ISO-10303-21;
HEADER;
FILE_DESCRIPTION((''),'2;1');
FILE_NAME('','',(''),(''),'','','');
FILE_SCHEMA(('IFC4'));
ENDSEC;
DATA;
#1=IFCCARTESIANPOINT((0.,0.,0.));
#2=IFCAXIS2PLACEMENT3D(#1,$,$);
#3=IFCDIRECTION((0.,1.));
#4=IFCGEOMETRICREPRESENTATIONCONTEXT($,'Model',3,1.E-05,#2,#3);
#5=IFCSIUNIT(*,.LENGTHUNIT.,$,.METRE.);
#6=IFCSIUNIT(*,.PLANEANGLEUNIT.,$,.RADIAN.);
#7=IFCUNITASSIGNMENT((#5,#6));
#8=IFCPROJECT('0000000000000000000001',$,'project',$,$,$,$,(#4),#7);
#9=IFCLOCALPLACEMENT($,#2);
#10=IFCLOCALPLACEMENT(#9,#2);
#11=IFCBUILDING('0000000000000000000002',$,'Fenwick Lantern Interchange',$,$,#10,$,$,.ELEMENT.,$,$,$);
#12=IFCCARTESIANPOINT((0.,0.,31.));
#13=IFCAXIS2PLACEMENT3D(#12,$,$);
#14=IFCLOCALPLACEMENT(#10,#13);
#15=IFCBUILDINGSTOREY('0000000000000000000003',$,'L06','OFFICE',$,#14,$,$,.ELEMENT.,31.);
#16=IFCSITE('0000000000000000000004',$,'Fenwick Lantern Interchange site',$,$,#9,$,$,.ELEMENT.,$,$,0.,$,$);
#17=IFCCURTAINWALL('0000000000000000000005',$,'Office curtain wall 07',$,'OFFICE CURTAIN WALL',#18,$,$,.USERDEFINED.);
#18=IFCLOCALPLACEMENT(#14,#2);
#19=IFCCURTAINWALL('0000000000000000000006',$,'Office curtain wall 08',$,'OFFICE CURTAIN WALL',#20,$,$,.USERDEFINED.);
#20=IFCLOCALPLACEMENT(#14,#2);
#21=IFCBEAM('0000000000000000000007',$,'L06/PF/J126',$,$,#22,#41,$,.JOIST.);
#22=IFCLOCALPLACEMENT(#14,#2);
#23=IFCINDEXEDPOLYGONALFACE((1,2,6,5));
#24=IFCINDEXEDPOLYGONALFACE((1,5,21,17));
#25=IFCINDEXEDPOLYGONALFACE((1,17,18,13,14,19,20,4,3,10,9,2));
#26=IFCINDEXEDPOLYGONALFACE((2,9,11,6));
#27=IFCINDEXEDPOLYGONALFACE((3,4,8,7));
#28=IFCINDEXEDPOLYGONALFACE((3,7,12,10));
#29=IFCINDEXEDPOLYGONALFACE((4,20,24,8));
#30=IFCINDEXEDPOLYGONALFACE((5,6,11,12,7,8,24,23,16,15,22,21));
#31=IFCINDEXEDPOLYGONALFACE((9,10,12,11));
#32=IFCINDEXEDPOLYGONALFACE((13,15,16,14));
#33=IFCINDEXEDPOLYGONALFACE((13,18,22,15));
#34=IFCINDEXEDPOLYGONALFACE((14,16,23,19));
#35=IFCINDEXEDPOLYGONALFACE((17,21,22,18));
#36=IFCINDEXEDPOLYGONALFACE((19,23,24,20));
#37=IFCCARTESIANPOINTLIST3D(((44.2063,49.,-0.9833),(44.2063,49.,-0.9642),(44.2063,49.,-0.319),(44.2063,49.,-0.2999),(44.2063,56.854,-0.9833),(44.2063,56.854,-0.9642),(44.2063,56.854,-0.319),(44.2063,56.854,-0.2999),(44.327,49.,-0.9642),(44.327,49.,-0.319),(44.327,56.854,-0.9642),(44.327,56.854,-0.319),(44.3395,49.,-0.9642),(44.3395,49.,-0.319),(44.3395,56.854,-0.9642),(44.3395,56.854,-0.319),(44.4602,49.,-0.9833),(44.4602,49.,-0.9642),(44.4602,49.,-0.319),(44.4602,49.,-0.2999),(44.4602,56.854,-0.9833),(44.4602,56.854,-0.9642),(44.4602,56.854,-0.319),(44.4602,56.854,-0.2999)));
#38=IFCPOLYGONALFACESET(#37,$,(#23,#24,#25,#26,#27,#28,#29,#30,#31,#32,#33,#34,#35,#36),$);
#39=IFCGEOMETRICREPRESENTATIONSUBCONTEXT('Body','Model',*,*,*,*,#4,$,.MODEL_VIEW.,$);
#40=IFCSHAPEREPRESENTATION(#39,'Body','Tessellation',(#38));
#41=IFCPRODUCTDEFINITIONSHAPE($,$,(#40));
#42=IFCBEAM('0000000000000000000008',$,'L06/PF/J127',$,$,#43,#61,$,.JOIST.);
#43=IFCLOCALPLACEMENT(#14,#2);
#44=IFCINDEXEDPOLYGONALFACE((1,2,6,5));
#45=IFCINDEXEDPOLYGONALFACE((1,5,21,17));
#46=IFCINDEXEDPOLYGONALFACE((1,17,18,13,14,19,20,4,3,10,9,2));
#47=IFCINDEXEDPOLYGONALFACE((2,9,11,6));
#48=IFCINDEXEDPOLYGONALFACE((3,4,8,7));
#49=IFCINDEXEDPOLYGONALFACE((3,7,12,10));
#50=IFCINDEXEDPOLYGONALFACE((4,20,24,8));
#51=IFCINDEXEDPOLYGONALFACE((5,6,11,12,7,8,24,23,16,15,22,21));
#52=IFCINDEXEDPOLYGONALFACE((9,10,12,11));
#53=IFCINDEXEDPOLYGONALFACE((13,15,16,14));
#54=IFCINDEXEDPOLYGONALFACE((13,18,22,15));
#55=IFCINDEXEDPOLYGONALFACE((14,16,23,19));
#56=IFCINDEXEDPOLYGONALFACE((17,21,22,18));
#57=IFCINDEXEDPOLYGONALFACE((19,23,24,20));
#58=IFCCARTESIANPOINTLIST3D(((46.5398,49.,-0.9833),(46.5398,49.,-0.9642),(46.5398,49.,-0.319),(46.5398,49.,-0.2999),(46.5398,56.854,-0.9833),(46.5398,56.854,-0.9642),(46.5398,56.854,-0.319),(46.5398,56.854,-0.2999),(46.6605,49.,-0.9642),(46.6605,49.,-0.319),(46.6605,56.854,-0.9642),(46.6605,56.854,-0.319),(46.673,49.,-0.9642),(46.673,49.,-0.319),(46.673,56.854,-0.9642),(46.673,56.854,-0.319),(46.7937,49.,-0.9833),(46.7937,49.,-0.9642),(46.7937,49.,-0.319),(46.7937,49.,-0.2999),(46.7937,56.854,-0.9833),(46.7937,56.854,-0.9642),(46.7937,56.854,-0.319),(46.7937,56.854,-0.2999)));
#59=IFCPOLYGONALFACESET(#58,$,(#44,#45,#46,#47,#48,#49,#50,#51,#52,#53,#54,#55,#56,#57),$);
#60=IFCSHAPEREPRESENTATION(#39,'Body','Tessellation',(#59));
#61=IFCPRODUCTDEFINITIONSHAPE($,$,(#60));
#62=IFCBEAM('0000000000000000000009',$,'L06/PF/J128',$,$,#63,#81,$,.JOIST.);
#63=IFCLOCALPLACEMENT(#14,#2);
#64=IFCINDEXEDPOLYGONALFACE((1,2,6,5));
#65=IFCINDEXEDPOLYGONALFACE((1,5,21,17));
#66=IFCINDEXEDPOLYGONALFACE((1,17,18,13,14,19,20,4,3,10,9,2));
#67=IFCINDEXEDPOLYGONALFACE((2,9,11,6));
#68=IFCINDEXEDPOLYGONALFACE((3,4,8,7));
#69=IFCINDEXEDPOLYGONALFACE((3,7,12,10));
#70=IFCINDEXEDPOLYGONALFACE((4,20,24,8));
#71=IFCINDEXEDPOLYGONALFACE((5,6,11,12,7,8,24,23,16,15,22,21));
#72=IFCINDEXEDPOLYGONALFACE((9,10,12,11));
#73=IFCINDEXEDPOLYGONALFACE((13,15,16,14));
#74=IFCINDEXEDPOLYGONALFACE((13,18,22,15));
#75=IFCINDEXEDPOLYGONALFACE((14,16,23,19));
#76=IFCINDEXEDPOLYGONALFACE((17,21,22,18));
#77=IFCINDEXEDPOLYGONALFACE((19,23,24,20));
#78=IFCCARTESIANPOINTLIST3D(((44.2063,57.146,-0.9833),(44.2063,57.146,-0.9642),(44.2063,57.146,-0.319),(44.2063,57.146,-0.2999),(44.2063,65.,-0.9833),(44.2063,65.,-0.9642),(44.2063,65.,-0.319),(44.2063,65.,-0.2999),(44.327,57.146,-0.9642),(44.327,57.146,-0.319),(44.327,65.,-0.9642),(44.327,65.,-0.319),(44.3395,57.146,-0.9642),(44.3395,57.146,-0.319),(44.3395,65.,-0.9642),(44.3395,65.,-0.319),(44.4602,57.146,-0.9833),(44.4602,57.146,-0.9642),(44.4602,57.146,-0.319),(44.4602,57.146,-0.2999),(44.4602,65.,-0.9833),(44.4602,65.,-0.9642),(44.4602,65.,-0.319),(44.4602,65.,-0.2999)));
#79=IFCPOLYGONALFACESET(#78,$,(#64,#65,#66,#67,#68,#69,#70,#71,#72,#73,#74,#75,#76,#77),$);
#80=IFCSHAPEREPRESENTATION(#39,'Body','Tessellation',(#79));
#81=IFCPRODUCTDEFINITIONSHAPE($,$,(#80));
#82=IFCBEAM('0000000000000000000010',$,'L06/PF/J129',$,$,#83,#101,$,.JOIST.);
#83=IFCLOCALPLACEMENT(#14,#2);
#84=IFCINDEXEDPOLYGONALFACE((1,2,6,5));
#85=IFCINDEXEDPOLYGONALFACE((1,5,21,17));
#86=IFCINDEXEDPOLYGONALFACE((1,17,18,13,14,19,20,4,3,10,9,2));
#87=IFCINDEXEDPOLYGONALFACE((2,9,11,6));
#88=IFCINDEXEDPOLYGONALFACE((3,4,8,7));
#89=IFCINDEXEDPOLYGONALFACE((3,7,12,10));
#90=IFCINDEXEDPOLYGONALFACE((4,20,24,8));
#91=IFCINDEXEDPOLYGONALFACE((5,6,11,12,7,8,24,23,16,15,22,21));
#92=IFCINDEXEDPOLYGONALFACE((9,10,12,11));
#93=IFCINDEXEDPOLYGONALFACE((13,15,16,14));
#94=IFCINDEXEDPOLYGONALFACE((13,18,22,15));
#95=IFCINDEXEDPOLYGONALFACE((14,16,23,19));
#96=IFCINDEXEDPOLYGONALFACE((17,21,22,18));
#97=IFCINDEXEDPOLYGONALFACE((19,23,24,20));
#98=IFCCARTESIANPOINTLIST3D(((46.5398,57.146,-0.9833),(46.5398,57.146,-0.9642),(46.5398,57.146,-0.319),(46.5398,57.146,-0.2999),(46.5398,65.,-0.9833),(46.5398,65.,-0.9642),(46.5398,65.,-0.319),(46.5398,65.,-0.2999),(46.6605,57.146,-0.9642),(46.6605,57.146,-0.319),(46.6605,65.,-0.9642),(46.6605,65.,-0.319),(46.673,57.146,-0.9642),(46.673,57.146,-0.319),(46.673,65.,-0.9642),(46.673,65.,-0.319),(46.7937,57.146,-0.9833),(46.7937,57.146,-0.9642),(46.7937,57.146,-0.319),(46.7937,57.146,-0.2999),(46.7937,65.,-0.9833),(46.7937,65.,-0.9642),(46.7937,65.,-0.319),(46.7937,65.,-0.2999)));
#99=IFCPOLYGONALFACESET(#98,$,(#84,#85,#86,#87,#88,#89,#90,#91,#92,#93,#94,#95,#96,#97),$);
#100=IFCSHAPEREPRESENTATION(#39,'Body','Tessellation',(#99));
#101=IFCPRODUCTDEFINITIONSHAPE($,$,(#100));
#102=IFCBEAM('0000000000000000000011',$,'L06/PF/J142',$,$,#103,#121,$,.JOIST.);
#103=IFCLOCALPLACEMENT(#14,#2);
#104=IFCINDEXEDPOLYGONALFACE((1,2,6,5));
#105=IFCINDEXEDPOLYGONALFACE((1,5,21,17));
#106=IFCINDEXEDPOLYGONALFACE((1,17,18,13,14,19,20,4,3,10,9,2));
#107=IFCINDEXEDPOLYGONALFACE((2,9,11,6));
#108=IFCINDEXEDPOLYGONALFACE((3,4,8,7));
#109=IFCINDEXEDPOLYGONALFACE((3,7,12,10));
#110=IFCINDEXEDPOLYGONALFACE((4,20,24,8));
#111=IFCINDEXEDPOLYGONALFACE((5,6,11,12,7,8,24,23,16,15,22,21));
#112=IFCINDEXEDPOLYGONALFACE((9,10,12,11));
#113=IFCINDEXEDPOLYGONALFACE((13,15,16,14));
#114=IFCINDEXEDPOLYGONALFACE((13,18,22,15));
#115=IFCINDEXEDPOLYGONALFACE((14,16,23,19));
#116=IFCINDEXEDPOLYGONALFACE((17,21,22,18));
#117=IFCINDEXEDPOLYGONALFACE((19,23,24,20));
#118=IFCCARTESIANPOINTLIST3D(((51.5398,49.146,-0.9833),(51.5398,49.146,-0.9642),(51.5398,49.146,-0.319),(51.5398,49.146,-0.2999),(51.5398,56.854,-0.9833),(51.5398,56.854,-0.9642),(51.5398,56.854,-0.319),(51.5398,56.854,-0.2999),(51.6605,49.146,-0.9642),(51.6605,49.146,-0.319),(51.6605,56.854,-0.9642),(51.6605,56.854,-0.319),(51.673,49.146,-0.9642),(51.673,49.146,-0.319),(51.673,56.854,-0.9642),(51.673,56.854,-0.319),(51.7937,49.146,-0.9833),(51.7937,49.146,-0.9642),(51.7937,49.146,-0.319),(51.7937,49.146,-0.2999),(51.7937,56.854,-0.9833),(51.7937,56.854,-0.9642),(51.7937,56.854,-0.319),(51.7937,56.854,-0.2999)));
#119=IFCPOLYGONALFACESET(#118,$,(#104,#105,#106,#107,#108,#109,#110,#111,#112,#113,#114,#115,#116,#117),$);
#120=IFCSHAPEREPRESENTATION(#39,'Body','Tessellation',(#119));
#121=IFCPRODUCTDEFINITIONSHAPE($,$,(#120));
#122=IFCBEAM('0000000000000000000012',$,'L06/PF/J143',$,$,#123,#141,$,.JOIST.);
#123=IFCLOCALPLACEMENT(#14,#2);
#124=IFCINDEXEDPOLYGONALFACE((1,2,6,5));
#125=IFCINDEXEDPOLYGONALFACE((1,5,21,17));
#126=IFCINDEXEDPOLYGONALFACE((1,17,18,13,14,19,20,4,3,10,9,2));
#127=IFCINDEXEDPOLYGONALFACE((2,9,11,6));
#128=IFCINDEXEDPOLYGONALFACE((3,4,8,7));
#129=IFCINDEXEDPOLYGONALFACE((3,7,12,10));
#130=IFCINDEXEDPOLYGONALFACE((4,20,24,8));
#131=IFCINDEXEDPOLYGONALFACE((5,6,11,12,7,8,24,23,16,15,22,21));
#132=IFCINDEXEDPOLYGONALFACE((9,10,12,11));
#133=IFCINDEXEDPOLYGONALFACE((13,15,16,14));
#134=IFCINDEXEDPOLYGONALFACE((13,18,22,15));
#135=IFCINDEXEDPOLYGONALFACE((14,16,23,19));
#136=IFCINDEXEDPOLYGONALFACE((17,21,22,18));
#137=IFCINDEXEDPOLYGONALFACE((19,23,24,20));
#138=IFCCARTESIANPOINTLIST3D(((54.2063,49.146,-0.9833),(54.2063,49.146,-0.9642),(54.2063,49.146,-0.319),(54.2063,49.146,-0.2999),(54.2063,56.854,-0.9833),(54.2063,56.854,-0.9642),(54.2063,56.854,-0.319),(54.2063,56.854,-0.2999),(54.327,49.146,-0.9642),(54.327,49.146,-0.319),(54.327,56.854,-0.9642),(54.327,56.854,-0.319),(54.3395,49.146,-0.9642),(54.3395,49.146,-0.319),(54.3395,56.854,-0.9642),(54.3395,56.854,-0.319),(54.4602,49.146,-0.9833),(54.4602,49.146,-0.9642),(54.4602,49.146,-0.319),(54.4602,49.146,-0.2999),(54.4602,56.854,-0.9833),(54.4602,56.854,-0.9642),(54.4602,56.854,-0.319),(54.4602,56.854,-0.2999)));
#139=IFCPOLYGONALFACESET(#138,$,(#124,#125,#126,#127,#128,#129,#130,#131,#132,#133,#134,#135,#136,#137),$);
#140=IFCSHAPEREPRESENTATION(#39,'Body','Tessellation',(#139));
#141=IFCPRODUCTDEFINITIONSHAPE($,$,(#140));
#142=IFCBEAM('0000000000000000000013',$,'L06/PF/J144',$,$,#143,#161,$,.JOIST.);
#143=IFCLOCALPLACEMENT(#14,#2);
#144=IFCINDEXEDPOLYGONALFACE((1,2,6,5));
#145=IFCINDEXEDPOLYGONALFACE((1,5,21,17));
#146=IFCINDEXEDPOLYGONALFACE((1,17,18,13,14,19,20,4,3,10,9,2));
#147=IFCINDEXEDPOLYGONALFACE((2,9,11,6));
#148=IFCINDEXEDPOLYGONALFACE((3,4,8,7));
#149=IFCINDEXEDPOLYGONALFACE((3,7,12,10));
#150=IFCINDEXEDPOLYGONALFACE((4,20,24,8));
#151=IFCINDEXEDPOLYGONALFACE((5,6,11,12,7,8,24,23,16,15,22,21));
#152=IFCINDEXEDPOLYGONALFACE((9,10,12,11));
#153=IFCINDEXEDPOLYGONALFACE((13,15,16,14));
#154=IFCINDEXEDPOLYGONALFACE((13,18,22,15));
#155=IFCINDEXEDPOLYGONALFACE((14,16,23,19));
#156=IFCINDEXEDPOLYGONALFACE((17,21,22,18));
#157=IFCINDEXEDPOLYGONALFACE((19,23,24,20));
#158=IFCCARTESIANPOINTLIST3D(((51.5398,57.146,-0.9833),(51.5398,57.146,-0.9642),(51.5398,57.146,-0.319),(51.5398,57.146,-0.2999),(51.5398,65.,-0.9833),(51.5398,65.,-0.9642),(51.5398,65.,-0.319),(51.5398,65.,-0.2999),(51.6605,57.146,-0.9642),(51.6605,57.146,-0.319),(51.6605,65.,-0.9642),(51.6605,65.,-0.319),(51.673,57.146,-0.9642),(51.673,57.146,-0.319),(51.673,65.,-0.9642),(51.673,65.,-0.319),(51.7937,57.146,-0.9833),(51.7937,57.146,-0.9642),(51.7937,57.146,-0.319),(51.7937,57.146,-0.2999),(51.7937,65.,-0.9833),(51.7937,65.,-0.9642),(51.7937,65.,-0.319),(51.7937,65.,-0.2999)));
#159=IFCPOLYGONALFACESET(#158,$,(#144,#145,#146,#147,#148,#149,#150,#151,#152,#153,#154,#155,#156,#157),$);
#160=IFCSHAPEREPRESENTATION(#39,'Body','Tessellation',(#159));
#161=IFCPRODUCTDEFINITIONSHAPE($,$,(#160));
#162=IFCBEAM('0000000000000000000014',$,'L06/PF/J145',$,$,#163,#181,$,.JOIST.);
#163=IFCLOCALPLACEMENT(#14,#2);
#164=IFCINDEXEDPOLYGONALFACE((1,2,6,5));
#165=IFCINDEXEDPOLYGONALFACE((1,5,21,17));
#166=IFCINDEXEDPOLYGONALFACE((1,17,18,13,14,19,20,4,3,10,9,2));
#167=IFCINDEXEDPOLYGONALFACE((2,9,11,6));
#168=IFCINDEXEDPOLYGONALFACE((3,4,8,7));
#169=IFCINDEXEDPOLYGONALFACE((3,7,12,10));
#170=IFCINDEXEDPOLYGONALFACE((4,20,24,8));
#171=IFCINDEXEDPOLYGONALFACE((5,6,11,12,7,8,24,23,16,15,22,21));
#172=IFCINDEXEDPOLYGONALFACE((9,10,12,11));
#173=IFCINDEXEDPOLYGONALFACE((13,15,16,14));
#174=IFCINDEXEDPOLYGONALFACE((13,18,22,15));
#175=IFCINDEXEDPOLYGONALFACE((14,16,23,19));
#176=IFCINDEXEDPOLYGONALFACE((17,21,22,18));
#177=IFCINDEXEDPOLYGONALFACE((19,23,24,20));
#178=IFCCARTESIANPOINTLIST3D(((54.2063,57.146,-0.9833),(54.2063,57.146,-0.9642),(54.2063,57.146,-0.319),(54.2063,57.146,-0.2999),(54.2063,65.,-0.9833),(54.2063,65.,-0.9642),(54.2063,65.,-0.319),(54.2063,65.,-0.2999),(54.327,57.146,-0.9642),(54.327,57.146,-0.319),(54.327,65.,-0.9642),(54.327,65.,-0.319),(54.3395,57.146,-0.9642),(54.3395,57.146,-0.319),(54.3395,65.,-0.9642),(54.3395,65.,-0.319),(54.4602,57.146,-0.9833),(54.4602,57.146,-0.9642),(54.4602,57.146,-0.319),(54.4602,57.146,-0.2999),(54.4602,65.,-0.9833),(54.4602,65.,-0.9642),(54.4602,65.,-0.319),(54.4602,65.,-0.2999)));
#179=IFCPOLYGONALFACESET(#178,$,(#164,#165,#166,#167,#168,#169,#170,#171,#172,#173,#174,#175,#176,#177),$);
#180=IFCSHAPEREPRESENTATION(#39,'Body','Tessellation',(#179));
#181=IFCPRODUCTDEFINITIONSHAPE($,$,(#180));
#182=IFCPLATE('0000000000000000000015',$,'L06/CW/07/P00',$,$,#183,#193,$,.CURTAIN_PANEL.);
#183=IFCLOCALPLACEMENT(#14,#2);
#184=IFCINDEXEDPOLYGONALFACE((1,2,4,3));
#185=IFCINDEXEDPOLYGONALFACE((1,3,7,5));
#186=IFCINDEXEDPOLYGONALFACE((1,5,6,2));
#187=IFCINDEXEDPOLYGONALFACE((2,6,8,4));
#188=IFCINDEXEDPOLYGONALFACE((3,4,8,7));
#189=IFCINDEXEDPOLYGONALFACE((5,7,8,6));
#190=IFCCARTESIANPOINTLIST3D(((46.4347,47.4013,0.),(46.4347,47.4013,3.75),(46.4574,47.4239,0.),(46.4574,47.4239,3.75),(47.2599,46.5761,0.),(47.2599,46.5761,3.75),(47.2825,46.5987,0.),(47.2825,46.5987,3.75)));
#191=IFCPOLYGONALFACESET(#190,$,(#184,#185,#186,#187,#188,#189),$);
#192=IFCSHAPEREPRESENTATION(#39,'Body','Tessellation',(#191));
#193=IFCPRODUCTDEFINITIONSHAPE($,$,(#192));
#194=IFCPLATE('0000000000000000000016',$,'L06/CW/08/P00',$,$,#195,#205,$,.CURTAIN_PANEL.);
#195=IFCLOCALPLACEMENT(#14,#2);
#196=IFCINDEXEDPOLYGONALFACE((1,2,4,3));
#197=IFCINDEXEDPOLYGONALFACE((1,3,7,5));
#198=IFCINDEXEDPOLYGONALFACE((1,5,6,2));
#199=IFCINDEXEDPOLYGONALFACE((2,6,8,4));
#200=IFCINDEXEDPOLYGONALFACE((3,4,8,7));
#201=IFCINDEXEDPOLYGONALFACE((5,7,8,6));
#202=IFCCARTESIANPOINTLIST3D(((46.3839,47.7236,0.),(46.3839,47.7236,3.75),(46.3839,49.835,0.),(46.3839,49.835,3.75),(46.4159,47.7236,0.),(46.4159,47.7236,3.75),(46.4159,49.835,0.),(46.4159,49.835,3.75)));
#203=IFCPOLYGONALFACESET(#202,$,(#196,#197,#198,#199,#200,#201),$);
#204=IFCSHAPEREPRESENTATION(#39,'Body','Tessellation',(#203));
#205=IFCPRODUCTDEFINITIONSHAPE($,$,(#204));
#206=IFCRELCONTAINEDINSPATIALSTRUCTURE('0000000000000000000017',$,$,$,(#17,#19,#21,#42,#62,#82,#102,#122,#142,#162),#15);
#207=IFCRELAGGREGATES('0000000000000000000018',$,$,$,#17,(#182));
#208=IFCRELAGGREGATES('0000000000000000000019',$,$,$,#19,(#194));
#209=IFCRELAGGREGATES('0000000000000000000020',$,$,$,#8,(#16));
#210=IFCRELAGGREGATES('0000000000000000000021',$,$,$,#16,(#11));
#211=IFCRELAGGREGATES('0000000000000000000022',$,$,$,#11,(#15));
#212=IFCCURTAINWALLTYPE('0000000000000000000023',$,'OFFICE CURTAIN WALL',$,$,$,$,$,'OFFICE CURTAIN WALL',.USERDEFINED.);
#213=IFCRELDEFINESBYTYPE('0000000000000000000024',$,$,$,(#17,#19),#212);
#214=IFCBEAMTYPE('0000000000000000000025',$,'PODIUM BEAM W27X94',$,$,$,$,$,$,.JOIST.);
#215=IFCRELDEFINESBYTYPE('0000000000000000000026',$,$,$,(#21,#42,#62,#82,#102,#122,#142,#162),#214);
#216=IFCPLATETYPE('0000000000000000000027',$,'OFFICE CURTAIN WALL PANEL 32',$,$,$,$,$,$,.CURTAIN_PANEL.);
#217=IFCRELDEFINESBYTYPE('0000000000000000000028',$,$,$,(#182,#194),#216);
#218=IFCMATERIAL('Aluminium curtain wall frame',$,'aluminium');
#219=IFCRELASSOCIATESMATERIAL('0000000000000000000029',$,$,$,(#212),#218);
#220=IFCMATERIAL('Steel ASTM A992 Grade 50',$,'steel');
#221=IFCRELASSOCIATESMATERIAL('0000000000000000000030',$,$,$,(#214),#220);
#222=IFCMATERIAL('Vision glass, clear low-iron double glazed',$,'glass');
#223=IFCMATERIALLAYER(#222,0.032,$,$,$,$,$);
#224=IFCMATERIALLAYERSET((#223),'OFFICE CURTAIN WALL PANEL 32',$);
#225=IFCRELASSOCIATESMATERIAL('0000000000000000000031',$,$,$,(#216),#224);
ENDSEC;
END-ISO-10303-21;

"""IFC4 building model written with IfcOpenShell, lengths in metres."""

from ifc_helpers import new_model, si_unit, direction, frame, origin, origin_2d, place, context, subcontext, project, spatial, rectangle, i_section, extrude, material, layer, layer_set, material_profile, profile_set, type_object, element, aggregate, save


model = new_model("IFC4")

# Units and contexts
model_context = context("Model", 3, precision=1e-05, world=origin(), true_north=direction((0.0, 1.0)))
body_context = subcontext(model_context, "Body", "Model", "MODEL_VIEW")
ifc_project = project(units=[si_unit("LENGTHUNIT", "METRE"), si_unit("PLANEANGLEUNIT", "RADIAN")], contexts=[model_context])

# Site, building, storey
site_placement = place(None, origin())
site = spatial("IfcSite", under=ifc_project, at=site_placement, Name="Fenwick Lantern Interchange site", CompositionType="ELEMENT", RefElevation=0.0)
building_placement = place(site_placement, origin())
building = spatial("IfcBuilding", under=site, at=building_placement, Name="Fenwick Lantern Interchange", CompositionType="ELEMENT")
storey_placement = place(building_placement, frame((0.0, 0.0, 31.0)))
storey = spatial("IfcBuildingStorey", under=building, at=storey_placement, Name="L06", Description="OFFICE", CompositionType="ELEMENT", Elevation=31.0)

# Shared definitions
ifc_material_1 = material(Name="Steel ASTM A992 Grade 50", Category="steel")

# Curtain walls
ifc_material_2 = material(Name="Aluminium curtain wall frame", Category="aluminium")
curtain_wall_type = type_object("IfcCurtainWallType", Name="OFFICE CURTAIN WALL", ElementType="OFFICE CURTAIN WALL", PredefinedType="USERDEFINED", material=ifc_material_2)
curtain_wall_1_placement = place(storey_placement, origin())
curtain_wall_1 = element("IfcCurtainWall", 1, at=curtain_wall_1_placement, inside=storey, type_object=curtain_wall_type, Name="Office curtain wall 07", ObjectType="OFFICE CURTAIN WALL", PredefinedType="USERDEFINED")
curtain_wall_2_placement = place(storey_placement, origin())
curtain_wall_2 = element("IfcCurtainWall", 2, at=curtain_wall_2_placement, inside=storey, type_object=curtain_wall_type, Name="Office curtain wall 08", ObjectType="OFFICE CURTAIN WALL", PredefinedType="USERDEFINED")

# Beams
ifc_material_profile_1 = material_profile(ifc_material_1, i_section(OverallWidth=0.2539, OverallDepth=0.6833, WebThickness=0.0125, FlangeThickness=0.019, at=origin_2d()), Name="W27X94")
ifc_profile_set_1 = profile_set([ifc_material_profile_1], Name="Steel ASTM A992 Grade 50")
beam_type_1 = type_object("IfcBeamType", Name="PODIUM BEAM W27X94", PredefinedType="JOIST", material=ifc_profile_set_1)
for number, where, z_axis, x_axis, name in (
    (3, (44.3333, 49.0, -0.6416), (0.0, 1.0, 0.0), (-1.0, 0.0, 0.0), "L06/PF/J126"),
    (4, (46.6667, 49.0, -0.6416), (0.0, 1.0, 0.0), (-1.0, 0.0, 0.0), "L06/PF/J127"),
    (5, (44.3333, 57.146, -0.6416), (0.0, 1.0, 0.0), (-1.0, 0.0, 0.0), "L06/PF/J128"),
    (6, (46.6667, 57.146, -0.6416), (0.0, 1.0, 0.0), (-1.0, 0.0, 0.0), "L06/PF/J129"),
):
    element("IfcBeam", number, at=place(storey_placement, frame(where, z_axis=z_axis, x_axis=x_axis)), inside=storey, type_object=beam_type_1, Name=name, PredefinedType="JOIST", context=body_context, shape_type="SweptSolid", body=[
        extrude(i_section(OverallWidth=0.2539, OverallDepth=0.6833, WebThickness=0.0125, FlangeThickness=0.019, at=origin_2d()), origin(), (0.0, 0.0, 1.0), 7.854),
    ])
for number, where, z_axis, x_axis, name in (
    (7, (51.6667, 49.146, -0.6416), (0.0, 1.0, 0.0), (-1.0, 0.0, 0.0), "L06/PF/J142"),
    (8, (54.3333, 49.146, -0.6416), (0.0, 1.0, 0.0), (-1.0, 0.0, 0.0), "L06/PF/J143"),
):
    element("IfcBeam", number, at=place(storey_placement, frame(where, z_axis=z_axis, x_axis=x_axis)), inside=storey, type_object=beam_type_1, Name=name, PredefinedType="JOIST", context=body_context, shape_type="SweptSolid", body=[
        extrude(i_section(OverallWidth=0.2539, OverallDepth=0.6833, WebThickness=0.0125, FlangeThickness=0.019, at=origin_2d()), origin(), (0.0, 0.0, 1.0), 7.708),
    ])
for number, where, z_axis, x_axis, name in (
    (9, (51.6667, 57.146, -0.6416), (0.0, 1.0, 0.0), (-1.0, 0.0, 0.0), "L06/PF/J144"),
    (10, (54.3333, 57.146, -0.6416), (0.0, 1.0, 0.0), (-1.0, 0.0, 0.0), "L06/PF/J145"),
):
    element("IfcBeam", number, at=place(storey_placement, frame(where, z_axis=z_axis, x_axis=x_axis)), inside=storey, type_object=beam_type_1, Name=name, PredefinedType="JOIST", context=body_context, shape_type="SweptSolid", body=[
        extrude(i_section(OverallWidth=0.2539, OverallDepth=0.6833, WebThickness=0.0125, FlangeThickness=0.019, at=origin_2d()), origin(), (0.0, 0.0, 1.0), 7.854),
    ])

# Plates
ifc_material_3 = material(Name="Vision glass, clear low-iron double glazed", Category="glass")
ifc_layer_1 = layer(ifc_material_3, 0.032)
ifc_layer_set_1 = layer_set([ifc_layer_1], Name="OFFICE CURTAIN WALL PANEL 32")
plate_type = type_object("IfcPlateType", Name="OFFICE CURTAIN WALL PANEL 32", PredefinedType="CURTAIN_PANEL", material=ifc_layer_set_1)
plate_1_placement = place(storey_placement, frame((46.8586, 47.0, 0.0), z_axis=(0.0, 0.0, 1.0), x_axis=(-0.707107, 0.707107, 0.0)))
plate_1 = element("IfcPlate", 11, at=plate_1_placement, type_object=plate_type, Name="L06/CW/07/P00", PredefinedType="CURTAIN_PANEL", context=body_context, shape_type="SweptSolid", body=[
    extrude(rectangle(XDim=1.167, YDim=0.032, at=origin_2d()), origin(), (0.0, 0.0, 1.0), 3.75),
])
aggregate(curtain_wall_1, [plate_1])
plate_2_placement = place(storey_placement, frame((46.3999, 48.7793, 0.0), z_axis=(0.0, 0.0, 1.0), x_axis=(0.0, 1.0, 0.0)))
plate_2 = element("IfcPlate", 12, at=plate_2_placement, type_object=plate_type, Name="L06/CW/08/P00", PredefinedType="CURTAIN_PANEL", context=body_context, shape_type="SweptSolid", body=[
    extrude(rectangle(XDim=2.1113, YDim=0.032, at=origin_2d()), origin(), (0.0, 0.0, 1.0), 3.75),
])
aggregate(curtain_wall_2, [plate_2])

save(model, "model.ifc")
